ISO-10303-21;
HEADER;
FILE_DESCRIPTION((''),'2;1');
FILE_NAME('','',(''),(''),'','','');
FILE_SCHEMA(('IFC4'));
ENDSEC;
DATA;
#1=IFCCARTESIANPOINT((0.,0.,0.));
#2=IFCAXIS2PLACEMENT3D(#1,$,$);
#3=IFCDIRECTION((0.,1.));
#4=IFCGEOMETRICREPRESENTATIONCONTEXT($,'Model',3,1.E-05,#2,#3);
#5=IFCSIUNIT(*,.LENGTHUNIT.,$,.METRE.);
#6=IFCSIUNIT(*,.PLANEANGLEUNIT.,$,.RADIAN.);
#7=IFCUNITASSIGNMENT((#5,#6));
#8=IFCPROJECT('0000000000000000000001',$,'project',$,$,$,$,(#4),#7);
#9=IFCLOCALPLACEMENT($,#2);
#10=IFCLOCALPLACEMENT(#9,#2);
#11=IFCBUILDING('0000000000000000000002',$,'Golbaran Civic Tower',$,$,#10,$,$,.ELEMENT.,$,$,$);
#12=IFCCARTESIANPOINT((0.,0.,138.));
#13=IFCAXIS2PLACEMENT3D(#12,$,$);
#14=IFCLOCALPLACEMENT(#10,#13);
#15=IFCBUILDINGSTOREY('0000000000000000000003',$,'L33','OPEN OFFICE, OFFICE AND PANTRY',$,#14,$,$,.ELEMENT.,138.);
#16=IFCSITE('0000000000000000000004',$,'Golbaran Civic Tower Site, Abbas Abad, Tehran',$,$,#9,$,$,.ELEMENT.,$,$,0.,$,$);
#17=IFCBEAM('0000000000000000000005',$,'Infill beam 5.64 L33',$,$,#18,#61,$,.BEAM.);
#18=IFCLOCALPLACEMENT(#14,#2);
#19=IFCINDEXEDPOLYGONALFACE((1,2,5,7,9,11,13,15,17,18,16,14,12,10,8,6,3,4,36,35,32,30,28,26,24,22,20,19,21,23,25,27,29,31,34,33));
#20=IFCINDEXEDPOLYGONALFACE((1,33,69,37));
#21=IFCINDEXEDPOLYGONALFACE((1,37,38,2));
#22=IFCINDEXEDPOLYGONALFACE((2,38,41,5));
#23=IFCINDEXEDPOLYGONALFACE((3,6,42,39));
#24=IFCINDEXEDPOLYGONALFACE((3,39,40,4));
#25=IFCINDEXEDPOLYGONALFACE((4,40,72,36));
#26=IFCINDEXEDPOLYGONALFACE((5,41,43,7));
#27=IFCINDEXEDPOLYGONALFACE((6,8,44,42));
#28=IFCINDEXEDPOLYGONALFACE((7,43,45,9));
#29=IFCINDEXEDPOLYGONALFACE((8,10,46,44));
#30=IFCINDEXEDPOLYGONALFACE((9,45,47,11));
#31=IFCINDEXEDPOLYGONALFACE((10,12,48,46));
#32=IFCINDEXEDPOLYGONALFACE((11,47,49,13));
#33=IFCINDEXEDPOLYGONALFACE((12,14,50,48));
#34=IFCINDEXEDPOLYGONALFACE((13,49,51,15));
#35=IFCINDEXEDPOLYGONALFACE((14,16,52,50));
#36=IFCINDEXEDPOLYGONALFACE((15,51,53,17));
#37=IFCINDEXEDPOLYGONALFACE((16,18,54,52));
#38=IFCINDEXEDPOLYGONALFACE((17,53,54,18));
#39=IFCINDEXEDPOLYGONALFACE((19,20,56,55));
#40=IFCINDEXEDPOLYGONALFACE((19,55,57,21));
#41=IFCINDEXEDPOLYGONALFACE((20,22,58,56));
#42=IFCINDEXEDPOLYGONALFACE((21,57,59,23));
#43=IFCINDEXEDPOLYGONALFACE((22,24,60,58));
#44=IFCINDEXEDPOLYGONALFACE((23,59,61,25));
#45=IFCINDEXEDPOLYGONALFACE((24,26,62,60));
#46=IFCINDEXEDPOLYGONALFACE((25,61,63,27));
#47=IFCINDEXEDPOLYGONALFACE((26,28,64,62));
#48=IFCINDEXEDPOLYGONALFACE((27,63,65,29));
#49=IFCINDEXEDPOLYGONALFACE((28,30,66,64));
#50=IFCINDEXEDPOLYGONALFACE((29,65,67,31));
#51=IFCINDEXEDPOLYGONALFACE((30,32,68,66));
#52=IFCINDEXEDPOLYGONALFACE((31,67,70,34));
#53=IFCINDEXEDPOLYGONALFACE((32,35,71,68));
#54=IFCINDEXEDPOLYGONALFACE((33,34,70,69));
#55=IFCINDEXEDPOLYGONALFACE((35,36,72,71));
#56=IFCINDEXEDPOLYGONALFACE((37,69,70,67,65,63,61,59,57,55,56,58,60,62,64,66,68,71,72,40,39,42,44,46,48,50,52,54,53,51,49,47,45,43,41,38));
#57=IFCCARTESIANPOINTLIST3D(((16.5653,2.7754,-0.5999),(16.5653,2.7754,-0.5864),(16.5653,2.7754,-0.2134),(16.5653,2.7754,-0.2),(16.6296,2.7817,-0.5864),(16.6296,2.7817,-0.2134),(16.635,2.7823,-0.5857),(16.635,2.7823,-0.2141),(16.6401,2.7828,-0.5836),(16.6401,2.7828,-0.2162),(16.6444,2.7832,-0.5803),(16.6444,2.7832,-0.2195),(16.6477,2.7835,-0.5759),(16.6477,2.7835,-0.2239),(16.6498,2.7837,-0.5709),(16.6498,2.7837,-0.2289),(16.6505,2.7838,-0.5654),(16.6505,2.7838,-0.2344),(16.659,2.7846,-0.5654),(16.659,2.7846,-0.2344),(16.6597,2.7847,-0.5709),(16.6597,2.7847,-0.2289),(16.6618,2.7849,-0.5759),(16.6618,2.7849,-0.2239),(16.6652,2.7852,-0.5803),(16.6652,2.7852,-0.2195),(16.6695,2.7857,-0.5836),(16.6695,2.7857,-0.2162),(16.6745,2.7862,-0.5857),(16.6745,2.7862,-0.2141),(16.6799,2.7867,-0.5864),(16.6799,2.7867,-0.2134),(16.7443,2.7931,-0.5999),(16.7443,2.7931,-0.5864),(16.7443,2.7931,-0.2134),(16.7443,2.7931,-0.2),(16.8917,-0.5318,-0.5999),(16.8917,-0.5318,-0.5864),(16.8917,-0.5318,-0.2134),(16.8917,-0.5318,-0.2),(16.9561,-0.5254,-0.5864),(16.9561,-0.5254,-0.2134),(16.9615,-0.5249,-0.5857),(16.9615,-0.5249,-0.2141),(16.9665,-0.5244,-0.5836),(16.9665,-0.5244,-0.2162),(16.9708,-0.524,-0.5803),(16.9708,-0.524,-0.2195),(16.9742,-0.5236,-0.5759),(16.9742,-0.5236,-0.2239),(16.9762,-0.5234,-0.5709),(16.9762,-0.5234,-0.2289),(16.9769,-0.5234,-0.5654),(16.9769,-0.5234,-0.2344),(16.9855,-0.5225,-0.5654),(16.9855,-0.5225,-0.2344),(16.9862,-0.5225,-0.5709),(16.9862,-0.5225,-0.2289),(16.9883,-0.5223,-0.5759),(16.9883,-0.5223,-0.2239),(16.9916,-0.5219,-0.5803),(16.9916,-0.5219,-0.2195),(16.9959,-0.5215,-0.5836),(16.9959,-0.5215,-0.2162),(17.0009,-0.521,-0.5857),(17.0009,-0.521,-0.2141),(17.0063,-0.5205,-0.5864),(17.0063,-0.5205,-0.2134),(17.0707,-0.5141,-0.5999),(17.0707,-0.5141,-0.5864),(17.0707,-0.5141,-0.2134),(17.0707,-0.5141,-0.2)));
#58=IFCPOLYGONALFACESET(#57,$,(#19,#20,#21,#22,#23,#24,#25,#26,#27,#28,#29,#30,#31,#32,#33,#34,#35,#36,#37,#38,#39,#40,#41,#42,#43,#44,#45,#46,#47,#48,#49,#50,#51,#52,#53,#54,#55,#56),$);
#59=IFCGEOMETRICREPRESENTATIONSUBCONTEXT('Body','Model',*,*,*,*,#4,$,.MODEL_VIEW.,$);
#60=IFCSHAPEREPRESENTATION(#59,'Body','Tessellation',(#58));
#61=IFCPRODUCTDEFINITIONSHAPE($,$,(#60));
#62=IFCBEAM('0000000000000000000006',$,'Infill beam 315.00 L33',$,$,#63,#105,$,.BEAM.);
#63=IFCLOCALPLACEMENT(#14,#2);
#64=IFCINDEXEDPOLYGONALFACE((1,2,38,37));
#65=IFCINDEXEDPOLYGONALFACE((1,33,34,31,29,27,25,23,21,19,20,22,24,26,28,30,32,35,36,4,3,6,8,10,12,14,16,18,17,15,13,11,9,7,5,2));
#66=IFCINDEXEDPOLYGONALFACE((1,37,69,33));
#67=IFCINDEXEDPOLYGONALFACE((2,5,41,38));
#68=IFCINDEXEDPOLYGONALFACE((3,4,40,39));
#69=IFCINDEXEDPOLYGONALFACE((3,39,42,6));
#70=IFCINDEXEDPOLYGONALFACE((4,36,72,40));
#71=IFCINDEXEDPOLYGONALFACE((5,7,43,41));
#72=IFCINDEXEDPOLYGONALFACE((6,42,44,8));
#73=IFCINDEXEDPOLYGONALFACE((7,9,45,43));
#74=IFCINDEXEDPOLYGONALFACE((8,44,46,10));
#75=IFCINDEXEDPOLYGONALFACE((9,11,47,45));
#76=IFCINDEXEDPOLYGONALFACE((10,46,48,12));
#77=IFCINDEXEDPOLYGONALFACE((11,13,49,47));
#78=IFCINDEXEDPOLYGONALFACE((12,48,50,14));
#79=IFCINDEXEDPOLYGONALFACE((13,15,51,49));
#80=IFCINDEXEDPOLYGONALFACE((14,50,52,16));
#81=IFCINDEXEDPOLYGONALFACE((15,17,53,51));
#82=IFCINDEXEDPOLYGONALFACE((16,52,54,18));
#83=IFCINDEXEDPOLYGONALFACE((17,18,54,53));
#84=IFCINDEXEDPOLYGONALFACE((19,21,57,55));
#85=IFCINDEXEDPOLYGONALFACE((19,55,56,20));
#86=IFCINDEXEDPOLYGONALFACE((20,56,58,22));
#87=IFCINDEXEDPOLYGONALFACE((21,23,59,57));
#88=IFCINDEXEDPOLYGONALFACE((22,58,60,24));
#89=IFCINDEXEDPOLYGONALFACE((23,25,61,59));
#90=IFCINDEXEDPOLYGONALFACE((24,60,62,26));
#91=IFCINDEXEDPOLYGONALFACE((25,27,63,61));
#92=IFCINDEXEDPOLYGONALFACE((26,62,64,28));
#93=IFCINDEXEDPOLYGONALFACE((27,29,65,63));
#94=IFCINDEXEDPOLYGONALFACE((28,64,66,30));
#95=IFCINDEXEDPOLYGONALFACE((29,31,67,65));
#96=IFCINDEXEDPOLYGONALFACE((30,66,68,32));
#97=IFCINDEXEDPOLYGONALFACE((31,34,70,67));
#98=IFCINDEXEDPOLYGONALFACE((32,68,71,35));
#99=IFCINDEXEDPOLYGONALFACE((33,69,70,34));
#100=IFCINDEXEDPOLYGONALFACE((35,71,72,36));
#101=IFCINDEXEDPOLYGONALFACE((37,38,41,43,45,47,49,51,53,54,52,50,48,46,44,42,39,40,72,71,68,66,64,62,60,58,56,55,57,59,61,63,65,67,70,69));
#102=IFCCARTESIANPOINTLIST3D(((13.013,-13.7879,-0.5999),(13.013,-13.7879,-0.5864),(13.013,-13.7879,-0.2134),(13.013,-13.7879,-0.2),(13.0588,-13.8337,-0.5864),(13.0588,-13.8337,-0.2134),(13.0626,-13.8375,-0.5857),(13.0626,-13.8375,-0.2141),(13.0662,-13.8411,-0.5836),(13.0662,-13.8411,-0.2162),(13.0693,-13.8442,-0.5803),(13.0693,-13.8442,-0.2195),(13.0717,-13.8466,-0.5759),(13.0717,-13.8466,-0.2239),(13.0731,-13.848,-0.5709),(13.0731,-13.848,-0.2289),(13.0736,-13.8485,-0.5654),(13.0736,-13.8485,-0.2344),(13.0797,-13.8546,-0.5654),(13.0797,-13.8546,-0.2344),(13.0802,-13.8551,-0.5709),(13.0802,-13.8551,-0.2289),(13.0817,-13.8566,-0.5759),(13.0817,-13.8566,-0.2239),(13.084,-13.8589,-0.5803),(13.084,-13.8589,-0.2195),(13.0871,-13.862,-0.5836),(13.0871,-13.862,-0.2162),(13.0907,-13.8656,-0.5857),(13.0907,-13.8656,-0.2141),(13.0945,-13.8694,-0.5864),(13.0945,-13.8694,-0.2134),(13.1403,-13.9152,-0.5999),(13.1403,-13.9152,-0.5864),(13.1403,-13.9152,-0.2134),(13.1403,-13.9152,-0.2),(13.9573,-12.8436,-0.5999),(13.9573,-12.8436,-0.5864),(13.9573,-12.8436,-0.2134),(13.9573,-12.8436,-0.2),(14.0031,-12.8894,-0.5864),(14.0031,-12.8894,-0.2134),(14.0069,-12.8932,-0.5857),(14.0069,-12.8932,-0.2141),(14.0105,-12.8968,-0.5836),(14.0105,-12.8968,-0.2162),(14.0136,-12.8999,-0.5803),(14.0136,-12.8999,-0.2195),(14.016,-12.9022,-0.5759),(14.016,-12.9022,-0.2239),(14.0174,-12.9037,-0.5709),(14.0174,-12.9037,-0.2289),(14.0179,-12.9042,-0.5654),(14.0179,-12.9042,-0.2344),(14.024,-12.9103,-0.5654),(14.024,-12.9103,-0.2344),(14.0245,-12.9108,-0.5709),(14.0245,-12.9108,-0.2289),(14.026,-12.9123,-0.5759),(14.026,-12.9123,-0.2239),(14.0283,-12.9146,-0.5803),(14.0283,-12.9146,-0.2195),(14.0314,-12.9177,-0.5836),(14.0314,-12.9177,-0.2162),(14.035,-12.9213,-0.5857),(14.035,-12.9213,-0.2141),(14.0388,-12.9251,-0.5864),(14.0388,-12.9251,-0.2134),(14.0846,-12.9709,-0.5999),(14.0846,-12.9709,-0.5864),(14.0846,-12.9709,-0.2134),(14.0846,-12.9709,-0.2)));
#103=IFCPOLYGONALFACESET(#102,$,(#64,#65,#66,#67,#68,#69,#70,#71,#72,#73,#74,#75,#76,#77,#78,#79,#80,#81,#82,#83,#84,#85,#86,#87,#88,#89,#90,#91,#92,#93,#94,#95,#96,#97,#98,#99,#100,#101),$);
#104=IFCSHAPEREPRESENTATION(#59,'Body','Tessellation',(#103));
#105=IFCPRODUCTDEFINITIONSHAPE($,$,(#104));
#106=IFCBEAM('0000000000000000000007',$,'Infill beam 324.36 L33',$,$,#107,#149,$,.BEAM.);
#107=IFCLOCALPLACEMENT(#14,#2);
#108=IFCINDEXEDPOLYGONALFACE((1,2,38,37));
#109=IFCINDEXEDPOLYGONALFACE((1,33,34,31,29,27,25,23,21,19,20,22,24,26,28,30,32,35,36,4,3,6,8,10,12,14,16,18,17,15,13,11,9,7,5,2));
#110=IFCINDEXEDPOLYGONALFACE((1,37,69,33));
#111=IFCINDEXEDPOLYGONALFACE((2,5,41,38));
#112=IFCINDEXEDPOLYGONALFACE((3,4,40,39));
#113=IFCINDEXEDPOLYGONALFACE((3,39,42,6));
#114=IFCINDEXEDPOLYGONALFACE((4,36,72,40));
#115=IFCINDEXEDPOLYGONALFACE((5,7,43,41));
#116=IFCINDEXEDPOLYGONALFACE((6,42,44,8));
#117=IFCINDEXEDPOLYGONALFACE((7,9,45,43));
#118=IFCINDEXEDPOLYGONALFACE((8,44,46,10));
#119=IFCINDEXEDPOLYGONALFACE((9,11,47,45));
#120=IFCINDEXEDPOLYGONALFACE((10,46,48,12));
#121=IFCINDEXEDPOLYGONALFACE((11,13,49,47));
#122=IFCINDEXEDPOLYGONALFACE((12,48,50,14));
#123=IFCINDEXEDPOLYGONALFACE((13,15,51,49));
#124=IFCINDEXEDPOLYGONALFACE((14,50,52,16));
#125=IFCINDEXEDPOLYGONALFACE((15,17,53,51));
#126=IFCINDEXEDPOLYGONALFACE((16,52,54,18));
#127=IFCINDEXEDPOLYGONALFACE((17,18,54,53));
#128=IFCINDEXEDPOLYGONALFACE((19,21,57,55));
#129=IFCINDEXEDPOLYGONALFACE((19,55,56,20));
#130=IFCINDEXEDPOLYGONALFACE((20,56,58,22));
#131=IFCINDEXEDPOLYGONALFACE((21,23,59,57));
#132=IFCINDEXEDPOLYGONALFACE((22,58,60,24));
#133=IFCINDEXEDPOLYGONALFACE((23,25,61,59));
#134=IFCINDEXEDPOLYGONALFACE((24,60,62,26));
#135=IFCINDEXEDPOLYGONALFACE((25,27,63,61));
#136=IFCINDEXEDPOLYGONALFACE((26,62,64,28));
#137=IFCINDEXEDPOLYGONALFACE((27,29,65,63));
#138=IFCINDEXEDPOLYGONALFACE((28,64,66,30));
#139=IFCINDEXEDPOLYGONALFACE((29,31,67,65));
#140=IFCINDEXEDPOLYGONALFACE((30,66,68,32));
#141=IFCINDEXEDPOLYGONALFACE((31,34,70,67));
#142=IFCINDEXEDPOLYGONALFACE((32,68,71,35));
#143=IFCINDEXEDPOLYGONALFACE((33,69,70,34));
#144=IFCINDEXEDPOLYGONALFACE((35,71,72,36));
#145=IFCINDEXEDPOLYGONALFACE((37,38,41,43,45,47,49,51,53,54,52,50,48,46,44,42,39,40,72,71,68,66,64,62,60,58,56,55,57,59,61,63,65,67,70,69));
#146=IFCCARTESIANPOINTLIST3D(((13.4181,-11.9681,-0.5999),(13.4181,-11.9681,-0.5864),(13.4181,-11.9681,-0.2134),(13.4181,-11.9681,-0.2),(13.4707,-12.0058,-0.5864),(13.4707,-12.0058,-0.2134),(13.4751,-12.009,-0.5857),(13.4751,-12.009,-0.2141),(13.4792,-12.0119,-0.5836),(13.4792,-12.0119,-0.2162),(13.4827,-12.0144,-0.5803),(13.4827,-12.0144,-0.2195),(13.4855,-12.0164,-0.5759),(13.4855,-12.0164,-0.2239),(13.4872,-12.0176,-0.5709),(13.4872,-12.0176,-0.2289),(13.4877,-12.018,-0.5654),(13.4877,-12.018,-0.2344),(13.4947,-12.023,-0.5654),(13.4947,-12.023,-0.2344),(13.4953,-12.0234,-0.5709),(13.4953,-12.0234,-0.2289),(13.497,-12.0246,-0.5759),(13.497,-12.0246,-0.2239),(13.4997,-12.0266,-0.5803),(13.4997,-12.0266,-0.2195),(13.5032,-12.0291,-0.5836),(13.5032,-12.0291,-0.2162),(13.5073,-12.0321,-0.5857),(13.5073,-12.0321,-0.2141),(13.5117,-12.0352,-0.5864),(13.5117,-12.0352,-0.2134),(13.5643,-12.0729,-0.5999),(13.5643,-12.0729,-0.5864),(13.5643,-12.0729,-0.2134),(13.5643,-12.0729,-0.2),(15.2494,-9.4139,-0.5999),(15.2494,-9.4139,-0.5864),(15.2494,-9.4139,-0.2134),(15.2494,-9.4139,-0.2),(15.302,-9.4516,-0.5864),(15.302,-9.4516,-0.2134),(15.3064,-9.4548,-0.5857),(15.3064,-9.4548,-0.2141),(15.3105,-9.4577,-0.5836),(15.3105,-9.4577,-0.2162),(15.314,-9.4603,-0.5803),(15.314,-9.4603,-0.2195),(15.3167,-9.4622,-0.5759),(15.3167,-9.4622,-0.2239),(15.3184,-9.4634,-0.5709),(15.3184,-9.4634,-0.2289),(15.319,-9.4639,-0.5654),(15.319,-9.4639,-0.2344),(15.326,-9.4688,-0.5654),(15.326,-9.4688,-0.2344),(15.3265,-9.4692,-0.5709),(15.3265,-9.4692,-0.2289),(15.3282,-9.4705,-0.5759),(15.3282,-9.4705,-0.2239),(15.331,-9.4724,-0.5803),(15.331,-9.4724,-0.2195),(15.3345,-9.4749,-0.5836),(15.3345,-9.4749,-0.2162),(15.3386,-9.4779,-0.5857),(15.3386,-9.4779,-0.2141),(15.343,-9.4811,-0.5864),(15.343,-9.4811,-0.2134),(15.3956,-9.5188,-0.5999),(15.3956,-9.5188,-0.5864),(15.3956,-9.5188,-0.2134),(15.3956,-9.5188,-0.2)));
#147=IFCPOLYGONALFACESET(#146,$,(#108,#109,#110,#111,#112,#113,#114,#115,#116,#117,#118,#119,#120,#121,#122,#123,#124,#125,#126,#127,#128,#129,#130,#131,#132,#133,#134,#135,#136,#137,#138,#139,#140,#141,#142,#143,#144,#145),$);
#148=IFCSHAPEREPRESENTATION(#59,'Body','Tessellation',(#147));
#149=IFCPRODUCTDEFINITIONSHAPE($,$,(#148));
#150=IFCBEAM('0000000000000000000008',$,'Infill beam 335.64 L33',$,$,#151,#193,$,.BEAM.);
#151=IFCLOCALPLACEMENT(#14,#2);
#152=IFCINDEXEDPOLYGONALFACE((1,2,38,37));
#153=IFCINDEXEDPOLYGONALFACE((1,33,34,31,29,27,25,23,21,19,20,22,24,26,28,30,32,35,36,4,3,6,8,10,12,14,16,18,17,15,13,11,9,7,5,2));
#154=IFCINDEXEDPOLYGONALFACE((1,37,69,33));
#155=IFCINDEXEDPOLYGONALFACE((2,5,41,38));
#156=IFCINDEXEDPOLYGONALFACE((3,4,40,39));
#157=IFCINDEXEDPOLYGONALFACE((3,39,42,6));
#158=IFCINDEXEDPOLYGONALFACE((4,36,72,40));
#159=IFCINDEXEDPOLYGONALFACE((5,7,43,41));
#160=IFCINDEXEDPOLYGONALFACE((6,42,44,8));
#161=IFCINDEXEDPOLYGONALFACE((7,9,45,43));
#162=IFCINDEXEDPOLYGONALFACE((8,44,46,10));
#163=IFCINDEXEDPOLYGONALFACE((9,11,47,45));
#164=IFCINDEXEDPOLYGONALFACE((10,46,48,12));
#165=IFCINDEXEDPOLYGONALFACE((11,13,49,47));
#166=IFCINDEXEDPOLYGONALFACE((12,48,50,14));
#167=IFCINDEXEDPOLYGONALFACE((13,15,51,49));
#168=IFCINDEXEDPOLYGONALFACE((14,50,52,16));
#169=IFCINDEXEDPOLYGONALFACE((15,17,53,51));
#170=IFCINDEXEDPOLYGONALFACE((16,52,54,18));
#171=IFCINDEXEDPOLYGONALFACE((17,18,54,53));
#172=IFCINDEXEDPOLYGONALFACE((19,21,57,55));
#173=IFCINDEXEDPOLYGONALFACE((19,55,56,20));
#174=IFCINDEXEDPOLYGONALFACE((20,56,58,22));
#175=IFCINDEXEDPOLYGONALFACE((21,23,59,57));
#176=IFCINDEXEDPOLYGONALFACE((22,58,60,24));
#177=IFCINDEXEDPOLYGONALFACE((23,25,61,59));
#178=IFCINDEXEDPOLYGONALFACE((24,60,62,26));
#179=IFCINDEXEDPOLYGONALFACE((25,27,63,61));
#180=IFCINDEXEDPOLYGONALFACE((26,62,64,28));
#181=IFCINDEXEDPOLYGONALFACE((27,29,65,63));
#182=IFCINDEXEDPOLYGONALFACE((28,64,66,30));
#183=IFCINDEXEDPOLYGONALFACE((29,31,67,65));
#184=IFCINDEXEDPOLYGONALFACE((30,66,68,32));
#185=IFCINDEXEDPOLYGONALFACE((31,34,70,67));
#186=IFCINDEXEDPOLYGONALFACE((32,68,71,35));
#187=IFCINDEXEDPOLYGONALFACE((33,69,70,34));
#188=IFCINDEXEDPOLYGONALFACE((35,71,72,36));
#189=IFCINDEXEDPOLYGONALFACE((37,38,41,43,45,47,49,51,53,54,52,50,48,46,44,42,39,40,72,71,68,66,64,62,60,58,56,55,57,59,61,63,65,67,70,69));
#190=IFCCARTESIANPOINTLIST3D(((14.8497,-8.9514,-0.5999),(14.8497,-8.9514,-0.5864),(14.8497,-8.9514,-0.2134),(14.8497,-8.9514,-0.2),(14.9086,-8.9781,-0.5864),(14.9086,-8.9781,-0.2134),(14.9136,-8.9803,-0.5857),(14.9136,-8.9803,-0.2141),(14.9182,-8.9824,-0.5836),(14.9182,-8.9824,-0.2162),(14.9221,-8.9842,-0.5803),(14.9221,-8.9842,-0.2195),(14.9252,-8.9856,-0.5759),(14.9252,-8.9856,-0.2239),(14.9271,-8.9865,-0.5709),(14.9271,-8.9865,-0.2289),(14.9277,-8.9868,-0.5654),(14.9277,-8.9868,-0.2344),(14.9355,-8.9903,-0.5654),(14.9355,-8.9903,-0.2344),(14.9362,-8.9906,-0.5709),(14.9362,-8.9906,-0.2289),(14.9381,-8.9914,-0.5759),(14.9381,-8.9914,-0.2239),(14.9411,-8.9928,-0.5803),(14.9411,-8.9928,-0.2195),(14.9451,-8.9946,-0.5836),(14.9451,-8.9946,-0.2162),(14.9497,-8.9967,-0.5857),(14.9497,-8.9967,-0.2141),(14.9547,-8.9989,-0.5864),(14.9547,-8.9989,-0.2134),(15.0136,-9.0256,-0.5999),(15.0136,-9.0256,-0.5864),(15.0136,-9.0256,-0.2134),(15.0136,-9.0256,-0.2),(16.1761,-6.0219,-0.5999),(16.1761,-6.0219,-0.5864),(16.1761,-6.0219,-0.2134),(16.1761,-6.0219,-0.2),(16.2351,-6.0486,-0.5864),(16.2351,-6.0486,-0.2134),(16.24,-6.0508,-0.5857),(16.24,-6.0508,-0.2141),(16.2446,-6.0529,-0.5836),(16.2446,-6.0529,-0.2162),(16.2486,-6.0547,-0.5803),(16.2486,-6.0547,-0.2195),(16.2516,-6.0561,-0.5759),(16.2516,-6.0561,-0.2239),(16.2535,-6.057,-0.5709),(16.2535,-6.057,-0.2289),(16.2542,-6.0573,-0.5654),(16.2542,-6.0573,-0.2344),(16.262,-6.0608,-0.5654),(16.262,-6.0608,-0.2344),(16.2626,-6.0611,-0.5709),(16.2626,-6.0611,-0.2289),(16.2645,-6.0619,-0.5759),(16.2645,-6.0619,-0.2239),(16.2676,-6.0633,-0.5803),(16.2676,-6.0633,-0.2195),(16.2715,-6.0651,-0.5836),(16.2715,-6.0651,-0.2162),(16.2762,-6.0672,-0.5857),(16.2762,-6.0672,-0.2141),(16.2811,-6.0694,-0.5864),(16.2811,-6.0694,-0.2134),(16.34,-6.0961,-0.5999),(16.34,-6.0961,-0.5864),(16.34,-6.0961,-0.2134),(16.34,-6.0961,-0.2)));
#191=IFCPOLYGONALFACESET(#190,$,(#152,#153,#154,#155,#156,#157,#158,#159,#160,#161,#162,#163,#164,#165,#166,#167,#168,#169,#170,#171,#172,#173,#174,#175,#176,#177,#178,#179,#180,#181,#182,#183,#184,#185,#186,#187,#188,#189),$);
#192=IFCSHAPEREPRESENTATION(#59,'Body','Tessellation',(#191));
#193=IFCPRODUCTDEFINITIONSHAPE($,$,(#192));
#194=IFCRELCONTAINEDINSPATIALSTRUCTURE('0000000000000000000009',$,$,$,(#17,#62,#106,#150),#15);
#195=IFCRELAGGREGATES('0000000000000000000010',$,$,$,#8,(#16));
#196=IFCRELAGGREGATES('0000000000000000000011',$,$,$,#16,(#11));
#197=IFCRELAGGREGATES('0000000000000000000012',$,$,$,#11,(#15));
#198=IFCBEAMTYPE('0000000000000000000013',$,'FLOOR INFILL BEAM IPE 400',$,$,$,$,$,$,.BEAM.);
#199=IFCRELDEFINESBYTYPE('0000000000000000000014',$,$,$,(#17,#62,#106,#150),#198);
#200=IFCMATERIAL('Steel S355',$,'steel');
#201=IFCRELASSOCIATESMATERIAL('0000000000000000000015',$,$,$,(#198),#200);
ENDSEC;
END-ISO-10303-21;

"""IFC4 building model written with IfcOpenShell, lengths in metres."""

from ifc_helpers import new_model, si_unit, direction, frame, origin, origin_2d, place, context, subcontext, project, spatial, i_section, extrude, material, material_profile, profile_set, type_object, element, save


model = new_model("IFC4")

# Units and contexts
model_context = context("Model", 3, precision=1e-05, world=origin(), true_north=direction((0.0, 1.0)))
body_context = subcontext(model_context, "Body", "Model", "MODEL_VIEW")
ifc_project = project(units=[si_unit("LENGTHUNIT", "METRE"), si_unit("PLANEANGLEUNIT", "RADIAN")], contexts=[model_context])

# Site, building, storey
site_placement = place(None, origin())
site = spatial("IfcSite", under=ifc_project, at=site_placement, Name="Golbaran Civic Tower Site, Abbas Abad, Tehran", CompositionType="ELEMENT", RefElevation=0.0)
building_placement = place(site_placement, origin())
building = spatial("IfcBuilding", under=site, at=building_placement, Name="Golbaran Civic Tower", CompositionType="ELEMENT")
storey_placement = place(building_placement, frame((0.0, 0.0, 138.0)))
storey = spatial("IfcBuildingStorey", under=building, at=storey_placement, Name="L33", Description="OPEN OFFICE, OFFICE AND PANTRY", CompositionType="ELEMENT", Elevation=138.0)

# Beams
ifc_material_1 = material(Name="Steel S355", Category="steel")
ifc_material_profile_1 = material_profile(ifc_material_1, i_section(OverallWidth=0.1799, OverallDepth=0.3999, WebThickness=0.0085, FlangeThickness=0.0134, FilletRadius=0.021, at=origin_2d()), Name="IPE 400")
ifc_profile_set_1 = profile_set([ifc_material_profile_1], Name="Steel S355")
beam_type_1 = type_object("IfcBeamType", Name="FLOOR INFILL BEAM IPE 400", PredefinedType="BEAM", material=ifc_profile_set_1)
beam_1_placement = place(storey_placement, frame((16.9812, -0.5229, -0.3999), z_axis=(-0.098223, 0.995164, 0.0), x_axis=(-0.995164, -0.098223, 0.0)))
element("IfcBeam", 1, at=beam_1_placement, inside=storey, type_object=beam_type_1, Name="Infill beam 5.64 L33", PredefinedType="BEAM", context=body_context, shape_type="SweptSolid", body=[
    extrude(i_section(OverallWidth=0.1799, OverallDepth=0.3999, WebThickness=0.0085, FlangeThickness=0.0134, FilletRadius=0.021, at=origin_2d()), origin(), (0.0, 0.0, 1.0), 3.3232),
])
beam_2_placement = place(storey_placement, frame((13.0767, -13.8516, -0.3999), z_axis=(0.707107, 0.707107, 0.0), x_axis=(-0.707107, 0.707107, 0.0)))
element("IfcBeam", 2, at=beam_2_placement, inside=storey, type_object=beam_type_1, Name="Infill beam 315.00 L33", PredefinedType="BEAM", context=body_context, shape_type="SweptSolid", body=[
    extrude(i_section(OverallWidth=0.1799, OverallDepth=0.3999, WebThickness=0.0085, FlangeThickness=0.0134, FilletRadius=0.021, at=origin_2d()), origin(), (0.0, 0.0, 1.0), 1.3354),
])
beam_3_placement = place(storey_placement, frame((13.4912, -12.0205, -0.3999), z_axis=(0.582685, 0.812698, 0.0), x_axis=(-0.812698, 0.582685, 0.0)))
element("IfcBeam", 3, at=beam_3_placement, inside=storey, type_object=beam_type_1, Name="Infill beam 324.36 L33", PredefinedType="BEAM", context=body_context, shape_type="SweptSolid", body=[
    extrude(i_section(OverallWidth=0.1799, OverallDepth=0.3999, WebThickness=0.0085, FlangeThickness=0.0134, FilletRadius=0.021, at=origin_2d()), origin(), (0.0, 0.0, 1.0), 3.1428),
])
beam_4_placement = place(storey_placement, frame((14.9316, -8.9885, -0.3999), z_axis=(0.412475, 0.910969, 0.0), x_axis=(-0.910969, 0.412475, 0.0)))
element("IfcBeam", 4, at=beam_4_placement, inside=storey, type_object=beam_type_1, Name="Infill beam 335.64 L33", PredefinedType="BEAM", context=body_context, shape_type="SweptSolid", body=[
    extrude(i_section(OverallWidth=0.1799, OverallDepth=0.3999, WebThickness=0.0085, FlangeThickness=0.0134, FilletRadius=0.021, at=origin_2d()), origin(), (0.0, 0.0, 1.0), 3.2158),
])

save(model, "model.ifc")
